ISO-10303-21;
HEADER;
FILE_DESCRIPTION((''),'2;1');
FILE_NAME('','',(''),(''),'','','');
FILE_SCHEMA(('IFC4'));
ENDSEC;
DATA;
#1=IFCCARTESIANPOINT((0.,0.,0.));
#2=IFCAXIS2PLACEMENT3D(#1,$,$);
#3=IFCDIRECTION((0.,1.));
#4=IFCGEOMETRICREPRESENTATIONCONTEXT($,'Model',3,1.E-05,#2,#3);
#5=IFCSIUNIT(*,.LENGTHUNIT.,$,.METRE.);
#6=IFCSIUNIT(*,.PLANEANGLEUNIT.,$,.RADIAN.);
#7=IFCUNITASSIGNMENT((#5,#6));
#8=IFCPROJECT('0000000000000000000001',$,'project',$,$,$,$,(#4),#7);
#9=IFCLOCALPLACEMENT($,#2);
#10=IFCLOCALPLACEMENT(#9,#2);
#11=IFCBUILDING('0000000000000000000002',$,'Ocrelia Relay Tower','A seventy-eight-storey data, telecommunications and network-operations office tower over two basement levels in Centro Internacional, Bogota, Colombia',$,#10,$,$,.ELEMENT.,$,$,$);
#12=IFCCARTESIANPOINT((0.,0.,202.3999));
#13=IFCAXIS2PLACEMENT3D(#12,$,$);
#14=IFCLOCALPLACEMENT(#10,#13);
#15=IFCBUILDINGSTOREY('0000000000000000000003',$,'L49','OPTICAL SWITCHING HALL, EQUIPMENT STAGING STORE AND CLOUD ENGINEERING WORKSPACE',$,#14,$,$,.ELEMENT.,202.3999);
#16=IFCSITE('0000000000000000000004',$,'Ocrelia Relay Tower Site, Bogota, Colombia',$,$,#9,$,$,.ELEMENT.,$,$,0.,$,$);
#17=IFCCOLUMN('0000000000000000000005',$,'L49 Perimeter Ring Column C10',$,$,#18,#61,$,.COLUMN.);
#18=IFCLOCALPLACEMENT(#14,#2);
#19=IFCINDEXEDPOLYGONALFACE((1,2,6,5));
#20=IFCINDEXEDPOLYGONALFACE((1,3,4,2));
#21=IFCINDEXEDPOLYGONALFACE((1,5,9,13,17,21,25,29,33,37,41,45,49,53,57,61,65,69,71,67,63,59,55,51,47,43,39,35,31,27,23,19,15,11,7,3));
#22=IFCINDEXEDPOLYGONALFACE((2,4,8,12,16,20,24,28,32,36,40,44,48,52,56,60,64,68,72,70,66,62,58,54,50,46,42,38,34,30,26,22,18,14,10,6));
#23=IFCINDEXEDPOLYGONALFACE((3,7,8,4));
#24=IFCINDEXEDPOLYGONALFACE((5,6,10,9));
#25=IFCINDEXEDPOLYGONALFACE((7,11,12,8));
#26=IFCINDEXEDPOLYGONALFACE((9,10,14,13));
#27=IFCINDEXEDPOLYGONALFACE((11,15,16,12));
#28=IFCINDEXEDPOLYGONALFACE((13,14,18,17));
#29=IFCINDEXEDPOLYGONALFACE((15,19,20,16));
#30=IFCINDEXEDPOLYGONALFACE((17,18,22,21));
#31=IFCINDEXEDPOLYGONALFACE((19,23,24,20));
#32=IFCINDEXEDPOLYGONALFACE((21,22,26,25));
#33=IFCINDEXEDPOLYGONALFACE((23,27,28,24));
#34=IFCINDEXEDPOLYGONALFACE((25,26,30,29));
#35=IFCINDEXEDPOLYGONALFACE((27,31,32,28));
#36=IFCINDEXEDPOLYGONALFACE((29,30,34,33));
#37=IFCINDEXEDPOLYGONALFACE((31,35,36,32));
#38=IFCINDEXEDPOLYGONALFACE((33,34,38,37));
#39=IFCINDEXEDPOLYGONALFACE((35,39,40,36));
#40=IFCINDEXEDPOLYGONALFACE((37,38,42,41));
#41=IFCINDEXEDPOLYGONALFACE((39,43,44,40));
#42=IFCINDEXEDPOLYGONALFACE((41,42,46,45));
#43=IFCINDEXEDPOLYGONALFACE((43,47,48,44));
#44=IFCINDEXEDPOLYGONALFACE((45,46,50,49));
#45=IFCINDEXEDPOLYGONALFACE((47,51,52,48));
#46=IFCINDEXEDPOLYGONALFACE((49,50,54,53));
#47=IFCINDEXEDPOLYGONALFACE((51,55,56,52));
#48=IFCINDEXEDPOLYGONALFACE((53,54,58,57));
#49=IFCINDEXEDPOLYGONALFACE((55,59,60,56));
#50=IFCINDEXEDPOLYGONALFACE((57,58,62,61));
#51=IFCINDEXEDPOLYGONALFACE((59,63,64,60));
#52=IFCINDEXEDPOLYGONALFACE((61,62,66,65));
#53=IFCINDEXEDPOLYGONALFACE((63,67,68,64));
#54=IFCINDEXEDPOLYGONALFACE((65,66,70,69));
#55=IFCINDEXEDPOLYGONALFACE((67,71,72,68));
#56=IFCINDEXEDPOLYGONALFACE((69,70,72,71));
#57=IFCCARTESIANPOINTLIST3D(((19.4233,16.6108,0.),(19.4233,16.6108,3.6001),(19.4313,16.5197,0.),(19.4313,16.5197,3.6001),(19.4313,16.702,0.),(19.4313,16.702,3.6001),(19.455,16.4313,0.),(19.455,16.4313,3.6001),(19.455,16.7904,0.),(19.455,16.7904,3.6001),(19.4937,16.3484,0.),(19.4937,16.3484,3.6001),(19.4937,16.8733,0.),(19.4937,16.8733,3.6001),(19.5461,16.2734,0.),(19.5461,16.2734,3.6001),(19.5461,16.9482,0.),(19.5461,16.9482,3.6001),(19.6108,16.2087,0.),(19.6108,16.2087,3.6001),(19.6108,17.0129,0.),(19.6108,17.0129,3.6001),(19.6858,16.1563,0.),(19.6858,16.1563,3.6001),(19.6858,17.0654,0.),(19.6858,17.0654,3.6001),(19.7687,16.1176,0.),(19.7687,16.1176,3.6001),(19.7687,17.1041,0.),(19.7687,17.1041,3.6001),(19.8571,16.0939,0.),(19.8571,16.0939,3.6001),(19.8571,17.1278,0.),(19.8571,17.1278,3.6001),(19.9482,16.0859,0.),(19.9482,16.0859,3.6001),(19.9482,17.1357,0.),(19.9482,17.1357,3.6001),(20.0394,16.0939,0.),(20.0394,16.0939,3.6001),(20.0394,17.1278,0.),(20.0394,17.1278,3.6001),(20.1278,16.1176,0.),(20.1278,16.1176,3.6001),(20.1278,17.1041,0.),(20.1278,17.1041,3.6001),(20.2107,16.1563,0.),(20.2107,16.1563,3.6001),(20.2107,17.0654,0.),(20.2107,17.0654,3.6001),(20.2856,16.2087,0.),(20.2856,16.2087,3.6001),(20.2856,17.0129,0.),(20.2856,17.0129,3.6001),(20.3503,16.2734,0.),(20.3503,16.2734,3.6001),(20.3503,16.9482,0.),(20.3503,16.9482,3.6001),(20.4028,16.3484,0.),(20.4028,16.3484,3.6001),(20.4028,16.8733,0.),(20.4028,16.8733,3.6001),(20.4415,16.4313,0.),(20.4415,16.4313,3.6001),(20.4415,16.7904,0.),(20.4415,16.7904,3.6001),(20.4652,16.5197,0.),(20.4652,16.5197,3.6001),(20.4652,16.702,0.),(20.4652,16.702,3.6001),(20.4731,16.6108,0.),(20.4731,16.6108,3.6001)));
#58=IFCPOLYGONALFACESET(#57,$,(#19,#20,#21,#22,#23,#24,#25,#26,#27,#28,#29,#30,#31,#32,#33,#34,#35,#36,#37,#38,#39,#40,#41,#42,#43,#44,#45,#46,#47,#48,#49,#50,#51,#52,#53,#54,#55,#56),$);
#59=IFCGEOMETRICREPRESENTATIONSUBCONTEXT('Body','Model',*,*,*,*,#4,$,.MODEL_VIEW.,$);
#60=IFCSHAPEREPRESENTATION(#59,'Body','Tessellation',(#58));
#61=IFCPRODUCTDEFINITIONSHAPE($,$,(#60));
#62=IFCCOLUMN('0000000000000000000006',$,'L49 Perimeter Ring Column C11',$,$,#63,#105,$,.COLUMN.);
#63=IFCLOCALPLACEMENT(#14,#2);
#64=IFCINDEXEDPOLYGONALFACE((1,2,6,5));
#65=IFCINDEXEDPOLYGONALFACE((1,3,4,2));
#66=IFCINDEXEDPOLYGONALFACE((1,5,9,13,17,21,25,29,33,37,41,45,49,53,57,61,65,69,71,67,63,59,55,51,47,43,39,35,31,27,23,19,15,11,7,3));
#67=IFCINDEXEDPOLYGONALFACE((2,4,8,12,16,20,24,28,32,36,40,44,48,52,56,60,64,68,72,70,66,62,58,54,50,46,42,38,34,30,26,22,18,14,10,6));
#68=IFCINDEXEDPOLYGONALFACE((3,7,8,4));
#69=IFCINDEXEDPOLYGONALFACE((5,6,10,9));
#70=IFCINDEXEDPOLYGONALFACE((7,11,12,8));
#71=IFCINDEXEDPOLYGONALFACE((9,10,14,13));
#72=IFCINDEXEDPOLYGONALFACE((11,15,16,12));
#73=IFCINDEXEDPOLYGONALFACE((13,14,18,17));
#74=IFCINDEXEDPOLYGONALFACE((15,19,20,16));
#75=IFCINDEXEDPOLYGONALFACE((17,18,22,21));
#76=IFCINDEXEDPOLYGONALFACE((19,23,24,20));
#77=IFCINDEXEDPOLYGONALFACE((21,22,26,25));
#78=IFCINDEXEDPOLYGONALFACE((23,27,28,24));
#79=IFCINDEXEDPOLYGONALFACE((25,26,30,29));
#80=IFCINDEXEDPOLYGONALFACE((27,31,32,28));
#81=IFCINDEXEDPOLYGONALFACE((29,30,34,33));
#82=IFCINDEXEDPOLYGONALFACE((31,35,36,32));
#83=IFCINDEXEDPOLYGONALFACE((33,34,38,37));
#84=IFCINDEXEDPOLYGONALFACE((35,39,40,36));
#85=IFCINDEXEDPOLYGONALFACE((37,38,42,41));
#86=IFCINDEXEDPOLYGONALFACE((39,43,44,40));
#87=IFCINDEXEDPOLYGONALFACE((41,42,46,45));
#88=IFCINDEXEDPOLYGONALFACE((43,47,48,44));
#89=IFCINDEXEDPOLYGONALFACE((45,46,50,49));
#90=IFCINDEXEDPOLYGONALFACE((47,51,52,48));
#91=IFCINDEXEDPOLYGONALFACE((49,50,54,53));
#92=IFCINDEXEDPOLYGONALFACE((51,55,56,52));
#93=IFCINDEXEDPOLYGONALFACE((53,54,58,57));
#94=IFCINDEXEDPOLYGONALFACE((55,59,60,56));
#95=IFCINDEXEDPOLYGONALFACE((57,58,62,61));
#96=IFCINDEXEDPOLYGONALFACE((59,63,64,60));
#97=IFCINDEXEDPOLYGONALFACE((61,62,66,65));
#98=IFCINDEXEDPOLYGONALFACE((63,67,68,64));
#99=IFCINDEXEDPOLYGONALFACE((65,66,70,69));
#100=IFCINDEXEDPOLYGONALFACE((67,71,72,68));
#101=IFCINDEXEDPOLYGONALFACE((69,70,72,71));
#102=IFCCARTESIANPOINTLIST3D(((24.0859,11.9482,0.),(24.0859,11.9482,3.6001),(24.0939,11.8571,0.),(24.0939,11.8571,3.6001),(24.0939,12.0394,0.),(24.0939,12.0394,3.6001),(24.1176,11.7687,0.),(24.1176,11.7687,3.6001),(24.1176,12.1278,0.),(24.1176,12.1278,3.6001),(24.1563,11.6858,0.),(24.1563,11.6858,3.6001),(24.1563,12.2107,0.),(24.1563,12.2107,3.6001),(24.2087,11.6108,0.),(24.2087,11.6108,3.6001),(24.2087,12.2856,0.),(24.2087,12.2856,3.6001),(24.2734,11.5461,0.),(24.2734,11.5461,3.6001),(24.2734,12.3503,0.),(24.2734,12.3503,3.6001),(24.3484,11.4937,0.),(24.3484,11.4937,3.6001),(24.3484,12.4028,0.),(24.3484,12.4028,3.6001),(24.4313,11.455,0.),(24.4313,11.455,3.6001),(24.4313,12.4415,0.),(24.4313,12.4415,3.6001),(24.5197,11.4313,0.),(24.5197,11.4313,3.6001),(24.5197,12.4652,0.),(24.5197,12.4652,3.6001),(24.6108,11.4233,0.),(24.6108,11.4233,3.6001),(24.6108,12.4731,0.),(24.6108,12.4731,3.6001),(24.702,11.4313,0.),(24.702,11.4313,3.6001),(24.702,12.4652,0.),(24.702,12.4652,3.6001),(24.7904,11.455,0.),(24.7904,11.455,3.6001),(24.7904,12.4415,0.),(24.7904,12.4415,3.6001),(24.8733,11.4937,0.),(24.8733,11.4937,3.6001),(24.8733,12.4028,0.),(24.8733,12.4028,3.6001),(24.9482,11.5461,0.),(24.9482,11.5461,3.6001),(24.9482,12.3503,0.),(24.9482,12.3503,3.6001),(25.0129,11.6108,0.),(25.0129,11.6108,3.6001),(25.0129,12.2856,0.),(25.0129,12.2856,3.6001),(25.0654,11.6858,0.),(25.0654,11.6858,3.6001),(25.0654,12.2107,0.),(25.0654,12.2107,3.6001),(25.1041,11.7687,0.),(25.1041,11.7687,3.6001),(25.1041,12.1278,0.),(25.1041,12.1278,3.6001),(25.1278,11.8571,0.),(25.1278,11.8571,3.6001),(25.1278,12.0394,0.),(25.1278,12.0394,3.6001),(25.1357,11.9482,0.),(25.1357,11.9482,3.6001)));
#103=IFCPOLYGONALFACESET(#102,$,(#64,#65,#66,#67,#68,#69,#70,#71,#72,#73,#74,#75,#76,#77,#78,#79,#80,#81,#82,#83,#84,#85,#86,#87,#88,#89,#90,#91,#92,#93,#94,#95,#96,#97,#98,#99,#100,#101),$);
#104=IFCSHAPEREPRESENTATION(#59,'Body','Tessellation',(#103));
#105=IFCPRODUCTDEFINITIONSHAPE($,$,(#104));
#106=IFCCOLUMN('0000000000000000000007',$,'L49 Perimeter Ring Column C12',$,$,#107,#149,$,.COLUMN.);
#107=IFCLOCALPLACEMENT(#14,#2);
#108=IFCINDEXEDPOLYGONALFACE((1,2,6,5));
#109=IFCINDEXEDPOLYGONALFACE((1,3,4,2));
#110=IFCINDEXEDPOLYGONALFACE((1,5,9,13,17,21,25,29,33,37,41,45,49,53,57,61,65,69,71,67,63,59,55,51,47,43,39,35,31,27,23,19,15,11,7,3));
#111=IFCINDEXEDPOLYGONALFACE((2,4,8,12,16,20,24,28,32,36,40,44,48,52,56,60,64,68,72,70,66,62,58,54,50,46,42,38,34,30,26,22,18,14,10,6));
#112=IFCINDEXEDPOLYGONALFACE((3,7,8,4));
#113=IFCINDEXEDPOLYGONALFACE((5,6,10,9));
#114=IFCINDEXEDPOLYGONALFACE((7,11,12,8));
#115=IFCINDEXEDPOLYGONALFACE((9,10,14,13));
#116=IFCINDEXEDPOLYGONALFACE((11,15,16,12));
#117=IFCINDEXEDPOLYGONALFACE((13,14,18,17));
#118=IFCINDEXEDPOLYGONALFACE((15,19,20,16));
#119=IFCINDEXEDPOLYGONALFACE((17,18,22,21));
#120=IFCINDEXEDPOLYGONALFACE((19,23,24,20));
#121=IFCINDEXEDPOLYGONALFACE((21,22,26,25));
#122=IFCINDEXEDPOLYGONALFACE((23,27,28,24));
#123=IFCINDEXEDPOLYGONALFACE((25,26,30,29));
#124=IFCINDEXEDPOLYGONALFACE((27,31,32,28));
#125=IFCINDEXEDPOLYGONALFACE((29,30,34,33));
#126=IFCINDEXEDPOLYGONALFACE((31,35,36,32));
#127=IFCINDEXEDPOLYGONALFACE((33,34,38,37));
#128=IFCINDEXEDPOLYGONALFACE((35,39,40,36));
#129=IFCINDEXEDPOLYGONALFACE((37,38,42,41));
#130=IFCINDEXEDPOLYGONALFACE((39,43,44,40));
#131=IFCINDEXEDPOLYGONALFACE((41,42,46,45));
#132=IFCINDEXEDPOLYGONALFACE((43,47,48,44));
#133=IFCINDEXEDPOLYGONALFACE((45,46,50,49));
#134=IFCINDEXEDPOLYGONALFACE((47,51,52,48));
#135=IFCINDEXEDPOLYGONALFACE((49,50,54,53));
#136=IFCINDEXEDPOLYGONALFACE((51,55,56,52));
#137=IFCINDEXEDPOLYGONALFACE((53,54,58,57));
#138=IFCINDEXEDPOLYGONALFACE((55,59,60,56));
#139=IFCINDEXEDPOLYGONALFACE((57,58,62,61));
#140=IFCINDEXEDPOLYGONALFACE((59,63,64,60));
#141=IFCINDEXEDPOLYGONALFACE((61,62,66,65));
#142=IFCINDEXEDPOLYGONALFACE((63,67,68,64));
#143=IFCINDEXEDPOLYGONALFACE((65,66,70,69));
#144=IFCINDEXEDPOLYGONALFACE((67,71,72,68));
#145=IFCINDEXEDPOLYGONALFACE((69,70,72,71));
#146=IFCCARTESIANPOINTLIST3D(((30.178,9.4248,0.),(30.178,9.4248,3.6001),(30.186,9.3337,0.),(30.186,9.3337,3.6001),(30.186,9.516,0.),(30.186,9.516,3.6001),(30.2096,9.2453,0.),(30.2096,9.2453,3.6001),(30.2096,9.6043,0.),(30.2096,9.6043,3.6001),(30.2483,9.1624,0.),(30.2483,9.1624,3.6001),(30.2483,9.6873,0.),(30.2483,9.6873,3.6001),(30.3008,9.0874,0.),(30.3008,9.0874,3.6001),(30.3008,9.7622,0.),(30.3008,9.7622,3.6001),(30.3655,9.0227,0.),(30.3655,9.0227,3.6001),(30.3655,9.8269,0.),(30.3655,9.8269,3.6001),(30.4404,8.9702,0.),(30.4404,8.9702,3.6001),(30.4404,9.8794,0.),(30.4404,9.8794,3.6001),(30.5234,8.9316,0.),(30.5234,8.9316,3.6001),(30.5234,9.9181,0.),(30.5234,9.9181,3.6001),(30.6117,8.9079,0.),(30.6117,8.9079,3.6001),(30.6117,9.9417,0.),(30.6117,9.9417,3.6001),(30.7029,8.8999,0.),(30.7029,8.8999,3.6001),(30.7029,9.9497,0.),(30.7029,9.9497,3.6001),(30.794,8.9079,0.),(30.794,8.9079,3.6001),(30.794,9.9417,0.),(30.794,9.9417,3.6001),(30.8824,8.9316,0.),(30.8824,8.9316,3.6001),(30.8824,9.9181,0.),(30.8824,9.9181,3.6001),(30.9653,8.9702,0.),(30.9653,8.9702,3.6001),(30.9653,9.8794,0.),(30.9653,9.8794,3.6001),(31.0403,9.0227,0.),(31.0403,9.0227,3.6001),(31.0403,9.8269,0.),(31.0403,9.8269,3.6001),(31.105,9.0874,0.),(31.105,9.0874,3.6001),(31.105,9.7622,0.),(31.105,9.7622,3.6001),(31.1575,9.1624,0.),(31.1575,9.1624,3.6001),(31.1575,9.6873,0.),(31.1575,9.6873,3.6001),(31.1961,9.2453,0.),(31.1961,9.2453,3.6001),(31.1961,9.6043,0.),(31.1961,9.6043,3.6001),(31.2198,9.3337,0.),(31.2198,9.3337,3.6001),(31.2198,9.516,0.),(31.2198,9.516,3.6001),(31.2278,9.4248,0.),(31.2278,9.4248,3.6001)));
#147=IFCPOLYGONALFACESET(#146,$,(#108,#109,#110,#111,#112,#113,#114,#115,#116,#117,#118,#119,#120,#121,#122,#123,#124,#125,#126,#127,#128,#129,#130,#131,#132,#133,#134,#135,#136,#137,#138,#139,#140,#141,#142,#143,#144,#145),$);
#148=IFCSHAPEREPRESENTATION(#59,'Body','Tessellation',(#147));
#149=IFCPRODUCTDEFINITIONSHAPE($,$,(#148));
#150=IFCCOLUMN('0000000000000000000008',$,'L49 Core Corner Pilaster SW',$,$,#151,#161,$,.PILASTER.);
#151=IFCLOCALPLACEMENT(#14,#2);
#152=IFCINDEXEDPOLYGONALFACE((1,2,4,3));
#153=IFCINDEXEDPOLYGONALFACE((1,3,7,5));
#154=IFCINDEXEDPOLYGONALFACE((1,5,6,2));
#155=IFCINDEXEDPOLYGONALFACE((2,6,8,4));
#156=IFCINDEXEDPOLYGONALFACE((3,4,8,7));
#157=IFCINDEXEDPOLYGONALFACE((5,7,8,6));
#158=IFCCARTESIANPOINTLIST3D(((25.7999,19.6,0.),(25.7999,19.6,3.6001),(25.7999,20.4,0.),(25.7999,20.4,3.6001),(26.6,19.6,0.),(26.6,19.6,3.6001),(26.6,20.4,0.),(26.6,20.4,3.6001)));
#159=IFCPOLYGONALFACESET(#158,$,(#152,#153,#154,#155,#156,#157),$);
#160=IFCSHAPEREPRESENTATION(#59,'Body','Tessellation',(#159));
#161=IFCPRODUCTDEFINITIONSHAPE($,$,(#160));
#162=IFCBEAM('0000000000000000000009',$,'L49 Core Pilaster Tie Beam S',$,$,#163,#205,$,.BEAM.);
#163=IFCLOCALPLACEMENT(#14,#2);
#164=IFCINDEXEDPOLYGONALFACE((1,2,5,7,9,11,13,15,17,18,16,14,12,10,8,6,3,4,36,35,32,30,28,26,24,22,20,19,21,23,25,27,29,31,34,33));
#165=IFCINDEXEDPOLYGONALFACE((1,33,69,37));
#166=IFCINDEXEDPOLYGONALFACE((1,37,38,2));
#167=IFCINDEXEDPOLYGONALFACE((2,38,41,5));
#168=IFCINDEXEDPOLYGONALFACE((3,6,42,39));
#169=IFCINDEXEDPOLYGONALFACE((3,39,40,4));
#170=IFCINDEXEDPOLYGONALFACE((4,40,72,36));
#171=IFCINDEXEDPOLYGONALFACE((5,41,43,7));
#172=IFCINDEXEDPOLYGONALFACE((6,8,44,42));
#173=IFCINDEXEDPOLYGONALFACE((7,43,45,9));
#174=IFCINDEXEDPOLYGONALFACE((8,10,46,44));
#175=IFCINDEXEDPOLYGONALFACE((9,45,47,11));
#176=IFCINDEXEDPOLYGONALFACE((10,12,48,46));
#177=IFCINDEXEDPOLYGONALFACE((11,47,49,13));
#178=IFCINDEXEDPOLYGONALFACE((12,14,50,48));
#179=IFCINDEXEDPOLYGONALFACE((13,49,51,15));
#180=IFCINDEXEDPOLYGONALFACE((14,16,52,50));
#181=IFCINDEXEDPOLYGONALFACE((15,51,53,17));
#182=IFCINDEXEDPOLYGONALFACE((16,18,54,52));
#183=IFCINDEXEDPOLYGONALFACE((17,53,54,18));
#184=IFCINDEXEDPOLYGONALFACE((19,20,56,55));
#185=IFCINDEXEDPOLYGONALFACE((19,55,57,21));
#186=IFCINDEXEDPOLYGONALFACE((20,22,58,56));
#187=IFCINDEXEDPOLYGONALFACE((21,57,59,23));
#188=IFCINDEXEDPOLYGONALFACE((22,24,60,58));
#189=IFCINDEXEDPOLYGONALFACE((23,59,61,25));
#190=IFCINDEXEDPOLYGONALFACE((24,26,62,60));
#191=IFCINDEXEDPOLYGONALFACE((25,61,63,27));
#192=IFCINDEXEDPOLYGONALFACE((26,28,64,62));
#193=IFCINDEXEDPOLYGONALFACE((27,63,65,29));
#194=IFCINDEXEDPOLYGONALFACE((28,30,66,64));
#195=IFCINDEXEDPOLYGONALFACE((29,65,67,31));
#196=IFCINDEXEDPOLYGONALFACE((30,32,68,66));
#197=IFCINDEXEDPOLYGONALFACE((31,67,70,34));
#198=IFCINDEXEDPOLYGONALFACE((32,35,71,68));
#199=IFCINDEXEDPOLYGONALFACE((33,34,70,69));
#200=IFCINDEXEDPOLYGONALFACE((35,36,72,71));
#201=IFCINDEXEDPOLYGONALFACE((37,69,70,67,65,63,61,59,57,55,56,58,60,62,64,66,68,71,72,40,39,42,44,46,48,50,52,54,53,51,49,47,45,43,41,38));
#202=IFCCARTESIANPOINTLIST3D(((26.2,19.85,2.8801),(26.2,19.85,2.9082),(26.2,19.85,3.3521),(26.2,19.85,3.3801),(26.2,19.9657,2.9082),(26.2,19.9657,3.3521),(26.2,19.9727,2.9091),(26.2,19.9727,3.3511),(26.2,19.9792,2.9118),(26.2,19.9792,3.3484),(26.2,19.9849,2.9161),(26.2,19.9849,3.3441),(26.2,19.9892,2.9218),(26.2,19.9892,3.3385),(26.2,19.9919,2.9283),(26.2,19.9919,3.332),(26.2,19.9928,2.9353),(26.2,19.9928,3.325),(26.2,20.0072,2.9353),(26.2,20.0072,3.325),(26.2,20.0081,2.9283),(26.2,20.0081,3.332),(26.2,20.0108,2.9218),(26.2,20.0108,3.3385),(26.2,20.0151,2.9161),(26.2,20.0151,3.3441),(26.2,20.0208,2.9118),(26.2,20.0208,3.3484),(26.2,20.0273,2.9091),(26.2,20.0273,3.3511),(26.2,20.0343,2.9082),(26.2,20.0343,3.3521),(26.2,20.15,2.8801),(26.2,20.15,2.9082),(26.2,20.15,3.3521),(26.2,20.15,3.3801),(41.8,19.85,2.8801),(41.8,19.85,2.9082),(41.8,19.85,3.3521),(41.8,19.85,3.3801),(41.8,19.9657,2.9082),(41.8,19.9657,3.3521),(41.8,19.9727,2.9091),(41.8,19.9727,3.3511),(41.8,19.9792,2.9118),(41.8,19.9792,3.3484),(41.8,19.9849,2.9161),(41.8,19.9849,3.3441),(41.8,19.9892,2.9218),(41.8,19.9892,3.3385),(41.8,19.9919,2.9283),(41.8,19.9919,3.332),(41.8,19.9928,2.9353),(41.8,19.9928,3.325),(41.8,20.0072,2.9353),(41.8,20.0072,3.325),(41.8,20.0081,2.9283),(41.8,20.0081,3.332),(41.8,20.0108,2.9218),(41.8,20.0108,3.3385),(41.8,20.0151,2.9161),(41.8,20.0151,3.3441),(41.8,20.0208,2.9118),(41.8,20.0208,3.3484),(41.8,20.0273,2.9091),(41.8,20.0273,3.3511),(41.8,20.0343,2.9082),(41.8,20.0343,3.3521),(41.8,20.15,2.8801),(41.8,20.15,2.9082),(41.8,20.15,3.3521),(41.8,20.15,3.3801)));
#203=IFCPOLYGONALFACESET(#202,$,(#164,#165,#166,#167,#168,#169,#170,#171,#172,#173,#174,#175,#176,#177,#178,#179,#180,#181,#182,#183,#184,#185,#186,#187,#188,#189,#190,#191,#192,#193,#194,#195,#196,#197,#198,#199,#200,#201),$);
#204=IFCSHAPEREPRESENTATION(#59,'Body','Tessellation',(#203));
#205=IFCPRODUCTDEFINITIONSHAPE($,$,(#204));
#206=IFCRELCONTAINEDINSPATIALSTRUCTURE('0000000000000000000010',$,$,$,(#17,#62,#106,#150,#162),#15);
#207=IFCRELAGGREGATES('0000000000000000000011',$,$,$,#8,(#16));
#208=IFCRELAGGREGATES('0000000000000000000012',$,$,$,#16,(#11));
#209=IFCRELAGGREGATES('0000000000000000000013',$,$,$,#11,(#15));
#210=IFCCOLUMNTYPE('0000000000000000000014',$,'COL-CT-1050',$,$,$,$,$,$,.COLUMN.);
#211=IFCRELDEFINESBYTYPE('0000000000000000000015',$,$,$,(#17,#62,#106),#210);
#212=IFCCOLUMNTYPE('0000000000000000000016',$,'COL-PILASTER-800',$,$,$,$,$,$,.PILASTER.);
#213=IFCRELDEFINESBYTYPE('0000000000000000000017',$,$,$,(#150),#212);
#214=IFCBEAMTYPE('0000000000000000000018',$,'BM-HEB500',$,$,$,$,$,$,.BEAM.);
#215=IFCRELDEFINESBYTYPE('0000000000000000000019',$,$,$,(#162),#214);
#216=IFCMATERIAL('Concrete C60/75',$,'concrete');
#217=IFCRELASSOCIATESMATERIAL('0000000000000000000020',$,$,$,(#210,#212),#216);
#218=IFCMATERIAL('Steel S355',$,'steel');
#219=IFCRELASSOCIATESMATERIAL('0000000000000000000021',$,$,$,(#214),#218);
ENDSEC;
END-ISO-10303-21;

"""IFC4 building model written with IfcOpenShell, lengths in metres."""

from ifc_helpers import new_model, si_unit, direction, frame, origin, origin_2d, place, context, subcontext, project, spatial, rectangle, circle, i_section, extrude, material, material_profile, profile_set, type_object, element, save


model = new_model("IFC4")

# Units and contexts
model_context = context("Model", 3, precision=1e-05, world=origin(), true_north=direction((0.0, 1.0)))
body_context = subcontext(model_context, "Body", "Model", "MODEL_VIEW")
ifc_project = project(units=[si_unit("LENGTHUNIT", "METRE"), si_unit("PLANEANGLEUNIT", "RADIAN")], contexts=[model_context])

# Site, building, storey
site_placement = place(None, origin())
site = spatial("IfcSite", under=ifc_project, at=site_placement, Name="Ocrelia Relay Tower Site, Bogota, Colombia", CompositionType="ELEMENT", RefElevation=0.0)
building_placement = place(site_placement, origin())
building = spatial("IfcBuilding", under=site, at=building_placement, Name="Ocrelia Relay Tower", Description="A seventy-eight-storey data, telecommunications and network-operations office tower over two basement levels in Centro Internacional, Bogota, Colombia", CompositionType="ELEMENT")
storey_placement = place(building_placement, frame((0.0, 0.0, 202.3999)))
storey = spatial("IfcBuildingStorey", under=building, at=storey_placement, Name="L49", Description="OPTICAL SWITCHING HALL, EQUIPMENT STAGING STORE AND CLOUD ENGINEERING WORKSPACE", CompositionType="ELEMENT", Elevation=202.3999)

# Columns
ifc_material_1 = material(Name="Concrete C60/75", Category="concrete")
ifc_material_profile_1 = material_profile(ifc_material_1, circle(Radius=0.5249, at=origin_2d()), Name="RC-CIR-1050")
ifc_profile_set_1 = profile_set([ifc_material_profile_1], Name="Concrete C60/75")
column_type_1 = type_object("IfcColumnType", Name="COL-CT-1050", PredefinedType="COLUMN", material=ifc_profile_set_1)
for number, where, z_axis, x_axis, name in (
    (1, (19.9482, 16.6108, 0.0), (0.0, 0.0, 1.0), (1.0, 0.0, 0.0), "L49 Perimeter Ring Column C10"),
    (2, (24.6108, 11.9482, 0.0), (0.0, 0.0, 1.0), (1.0, 0.0, 0.0), "L49 Perimeter Ring Column C11"),
    (3, (30.7029, 9.4248, 0.0), (0.0, 0.0, 1.0), (1.0, 0.0, 0.0), "L49 Perimeter Ring Column C12"),
):
    element("IfcColumn", number, at=place(storey_placement, frame(where, z_axis=z_axis, x_axis=x_axis)), inside=storey, type_object=column_type_1, Name=name, PredefinedType="COLUMN", context=body_context, shape_type="SweptSolid", body=[
        extrude(circle(Radius=0.5249, at=origin_2d()), origin(), (0.0, 0.0, 1.0), 3.6001),
    ])
ifc_material_profile_2 = material_profile(ifc_material_1, rectangle(XDim=0.8, YDim=0.8, at=origin_2d()), Name="RC-COL-800x800")
ifc_profile_set_2 = profile_set([ifc_material_profile_2], Name="Concrete C60/75")
column_type_2 = type_object("IfcColumnType", Name="COL-PILASTER-800", PredefinedType="PILASTER", material=ifc_profile_set_2)
column_placement = place(storey_placement, frame((26.2, 20.0, 0.0), z_axis=(0.0, 0.0, 1.0), x_axis=(1.0, 0.0, 0.0)))
element("IfcColumn", 4, at=column_placement, inside=storey, type_object=column_type_2, Name="L49 Core Corner Pilaster SW", PredefinedType="PILASTER", context=body_context, shape_type="SweptSolid", body=[
    extrude(rectangle(XDim=0.8, YDim=0.8, at=origin_2d()), origin(), (0.0, 0.0, 1.0), 3.6001),
])

# Beam
ifc_material_2 = material(Name="Steel S355", Category="steel")
ifc_material_profile_3 = material_profile(ifc_material_2, i_section(OverallWidth=0.3, OverallDepth=0.5, WebThickness=0.0144, FlangeThickness=0.0281, FilletRadius=0.0271, at=origin_2d()), Name="HEB 500")
ifc_profile_set_3 = profile_set([ifc_material_profile_3], Name="Steel S355")
beam_type_1 = type_object("IfcBeamType", Name="BM-HEB500", PredefinedType="BEAM", material=ifc_profile_set_3)
beam_1_placement = place(storey_placement, frame((26.2, 20.0, 3.1301), z_axis=(1.0, 0.0, 0.0), x_axis=(0.0, 1.0, 0.0)))
element("IfcBeam", 5, at=beam_1_placement, inside=storey, type_object=beam_type_1, Name="L49 Core Pilaster Tie Beam S", PredefinedType="BEAM", context=body_context, shape_type="SweptSolid", body=[
    extrude(i_section(OverallWidth=0.3, OverallDepth=0.5, WebThickness=0.0144, FlangeThickness=0.0281, FilletRadius=0.0271, at=origin_2d()), origin(), (0.0, 0.0, 1.0), 15.6001),
])

save(model, "model.ifc")
